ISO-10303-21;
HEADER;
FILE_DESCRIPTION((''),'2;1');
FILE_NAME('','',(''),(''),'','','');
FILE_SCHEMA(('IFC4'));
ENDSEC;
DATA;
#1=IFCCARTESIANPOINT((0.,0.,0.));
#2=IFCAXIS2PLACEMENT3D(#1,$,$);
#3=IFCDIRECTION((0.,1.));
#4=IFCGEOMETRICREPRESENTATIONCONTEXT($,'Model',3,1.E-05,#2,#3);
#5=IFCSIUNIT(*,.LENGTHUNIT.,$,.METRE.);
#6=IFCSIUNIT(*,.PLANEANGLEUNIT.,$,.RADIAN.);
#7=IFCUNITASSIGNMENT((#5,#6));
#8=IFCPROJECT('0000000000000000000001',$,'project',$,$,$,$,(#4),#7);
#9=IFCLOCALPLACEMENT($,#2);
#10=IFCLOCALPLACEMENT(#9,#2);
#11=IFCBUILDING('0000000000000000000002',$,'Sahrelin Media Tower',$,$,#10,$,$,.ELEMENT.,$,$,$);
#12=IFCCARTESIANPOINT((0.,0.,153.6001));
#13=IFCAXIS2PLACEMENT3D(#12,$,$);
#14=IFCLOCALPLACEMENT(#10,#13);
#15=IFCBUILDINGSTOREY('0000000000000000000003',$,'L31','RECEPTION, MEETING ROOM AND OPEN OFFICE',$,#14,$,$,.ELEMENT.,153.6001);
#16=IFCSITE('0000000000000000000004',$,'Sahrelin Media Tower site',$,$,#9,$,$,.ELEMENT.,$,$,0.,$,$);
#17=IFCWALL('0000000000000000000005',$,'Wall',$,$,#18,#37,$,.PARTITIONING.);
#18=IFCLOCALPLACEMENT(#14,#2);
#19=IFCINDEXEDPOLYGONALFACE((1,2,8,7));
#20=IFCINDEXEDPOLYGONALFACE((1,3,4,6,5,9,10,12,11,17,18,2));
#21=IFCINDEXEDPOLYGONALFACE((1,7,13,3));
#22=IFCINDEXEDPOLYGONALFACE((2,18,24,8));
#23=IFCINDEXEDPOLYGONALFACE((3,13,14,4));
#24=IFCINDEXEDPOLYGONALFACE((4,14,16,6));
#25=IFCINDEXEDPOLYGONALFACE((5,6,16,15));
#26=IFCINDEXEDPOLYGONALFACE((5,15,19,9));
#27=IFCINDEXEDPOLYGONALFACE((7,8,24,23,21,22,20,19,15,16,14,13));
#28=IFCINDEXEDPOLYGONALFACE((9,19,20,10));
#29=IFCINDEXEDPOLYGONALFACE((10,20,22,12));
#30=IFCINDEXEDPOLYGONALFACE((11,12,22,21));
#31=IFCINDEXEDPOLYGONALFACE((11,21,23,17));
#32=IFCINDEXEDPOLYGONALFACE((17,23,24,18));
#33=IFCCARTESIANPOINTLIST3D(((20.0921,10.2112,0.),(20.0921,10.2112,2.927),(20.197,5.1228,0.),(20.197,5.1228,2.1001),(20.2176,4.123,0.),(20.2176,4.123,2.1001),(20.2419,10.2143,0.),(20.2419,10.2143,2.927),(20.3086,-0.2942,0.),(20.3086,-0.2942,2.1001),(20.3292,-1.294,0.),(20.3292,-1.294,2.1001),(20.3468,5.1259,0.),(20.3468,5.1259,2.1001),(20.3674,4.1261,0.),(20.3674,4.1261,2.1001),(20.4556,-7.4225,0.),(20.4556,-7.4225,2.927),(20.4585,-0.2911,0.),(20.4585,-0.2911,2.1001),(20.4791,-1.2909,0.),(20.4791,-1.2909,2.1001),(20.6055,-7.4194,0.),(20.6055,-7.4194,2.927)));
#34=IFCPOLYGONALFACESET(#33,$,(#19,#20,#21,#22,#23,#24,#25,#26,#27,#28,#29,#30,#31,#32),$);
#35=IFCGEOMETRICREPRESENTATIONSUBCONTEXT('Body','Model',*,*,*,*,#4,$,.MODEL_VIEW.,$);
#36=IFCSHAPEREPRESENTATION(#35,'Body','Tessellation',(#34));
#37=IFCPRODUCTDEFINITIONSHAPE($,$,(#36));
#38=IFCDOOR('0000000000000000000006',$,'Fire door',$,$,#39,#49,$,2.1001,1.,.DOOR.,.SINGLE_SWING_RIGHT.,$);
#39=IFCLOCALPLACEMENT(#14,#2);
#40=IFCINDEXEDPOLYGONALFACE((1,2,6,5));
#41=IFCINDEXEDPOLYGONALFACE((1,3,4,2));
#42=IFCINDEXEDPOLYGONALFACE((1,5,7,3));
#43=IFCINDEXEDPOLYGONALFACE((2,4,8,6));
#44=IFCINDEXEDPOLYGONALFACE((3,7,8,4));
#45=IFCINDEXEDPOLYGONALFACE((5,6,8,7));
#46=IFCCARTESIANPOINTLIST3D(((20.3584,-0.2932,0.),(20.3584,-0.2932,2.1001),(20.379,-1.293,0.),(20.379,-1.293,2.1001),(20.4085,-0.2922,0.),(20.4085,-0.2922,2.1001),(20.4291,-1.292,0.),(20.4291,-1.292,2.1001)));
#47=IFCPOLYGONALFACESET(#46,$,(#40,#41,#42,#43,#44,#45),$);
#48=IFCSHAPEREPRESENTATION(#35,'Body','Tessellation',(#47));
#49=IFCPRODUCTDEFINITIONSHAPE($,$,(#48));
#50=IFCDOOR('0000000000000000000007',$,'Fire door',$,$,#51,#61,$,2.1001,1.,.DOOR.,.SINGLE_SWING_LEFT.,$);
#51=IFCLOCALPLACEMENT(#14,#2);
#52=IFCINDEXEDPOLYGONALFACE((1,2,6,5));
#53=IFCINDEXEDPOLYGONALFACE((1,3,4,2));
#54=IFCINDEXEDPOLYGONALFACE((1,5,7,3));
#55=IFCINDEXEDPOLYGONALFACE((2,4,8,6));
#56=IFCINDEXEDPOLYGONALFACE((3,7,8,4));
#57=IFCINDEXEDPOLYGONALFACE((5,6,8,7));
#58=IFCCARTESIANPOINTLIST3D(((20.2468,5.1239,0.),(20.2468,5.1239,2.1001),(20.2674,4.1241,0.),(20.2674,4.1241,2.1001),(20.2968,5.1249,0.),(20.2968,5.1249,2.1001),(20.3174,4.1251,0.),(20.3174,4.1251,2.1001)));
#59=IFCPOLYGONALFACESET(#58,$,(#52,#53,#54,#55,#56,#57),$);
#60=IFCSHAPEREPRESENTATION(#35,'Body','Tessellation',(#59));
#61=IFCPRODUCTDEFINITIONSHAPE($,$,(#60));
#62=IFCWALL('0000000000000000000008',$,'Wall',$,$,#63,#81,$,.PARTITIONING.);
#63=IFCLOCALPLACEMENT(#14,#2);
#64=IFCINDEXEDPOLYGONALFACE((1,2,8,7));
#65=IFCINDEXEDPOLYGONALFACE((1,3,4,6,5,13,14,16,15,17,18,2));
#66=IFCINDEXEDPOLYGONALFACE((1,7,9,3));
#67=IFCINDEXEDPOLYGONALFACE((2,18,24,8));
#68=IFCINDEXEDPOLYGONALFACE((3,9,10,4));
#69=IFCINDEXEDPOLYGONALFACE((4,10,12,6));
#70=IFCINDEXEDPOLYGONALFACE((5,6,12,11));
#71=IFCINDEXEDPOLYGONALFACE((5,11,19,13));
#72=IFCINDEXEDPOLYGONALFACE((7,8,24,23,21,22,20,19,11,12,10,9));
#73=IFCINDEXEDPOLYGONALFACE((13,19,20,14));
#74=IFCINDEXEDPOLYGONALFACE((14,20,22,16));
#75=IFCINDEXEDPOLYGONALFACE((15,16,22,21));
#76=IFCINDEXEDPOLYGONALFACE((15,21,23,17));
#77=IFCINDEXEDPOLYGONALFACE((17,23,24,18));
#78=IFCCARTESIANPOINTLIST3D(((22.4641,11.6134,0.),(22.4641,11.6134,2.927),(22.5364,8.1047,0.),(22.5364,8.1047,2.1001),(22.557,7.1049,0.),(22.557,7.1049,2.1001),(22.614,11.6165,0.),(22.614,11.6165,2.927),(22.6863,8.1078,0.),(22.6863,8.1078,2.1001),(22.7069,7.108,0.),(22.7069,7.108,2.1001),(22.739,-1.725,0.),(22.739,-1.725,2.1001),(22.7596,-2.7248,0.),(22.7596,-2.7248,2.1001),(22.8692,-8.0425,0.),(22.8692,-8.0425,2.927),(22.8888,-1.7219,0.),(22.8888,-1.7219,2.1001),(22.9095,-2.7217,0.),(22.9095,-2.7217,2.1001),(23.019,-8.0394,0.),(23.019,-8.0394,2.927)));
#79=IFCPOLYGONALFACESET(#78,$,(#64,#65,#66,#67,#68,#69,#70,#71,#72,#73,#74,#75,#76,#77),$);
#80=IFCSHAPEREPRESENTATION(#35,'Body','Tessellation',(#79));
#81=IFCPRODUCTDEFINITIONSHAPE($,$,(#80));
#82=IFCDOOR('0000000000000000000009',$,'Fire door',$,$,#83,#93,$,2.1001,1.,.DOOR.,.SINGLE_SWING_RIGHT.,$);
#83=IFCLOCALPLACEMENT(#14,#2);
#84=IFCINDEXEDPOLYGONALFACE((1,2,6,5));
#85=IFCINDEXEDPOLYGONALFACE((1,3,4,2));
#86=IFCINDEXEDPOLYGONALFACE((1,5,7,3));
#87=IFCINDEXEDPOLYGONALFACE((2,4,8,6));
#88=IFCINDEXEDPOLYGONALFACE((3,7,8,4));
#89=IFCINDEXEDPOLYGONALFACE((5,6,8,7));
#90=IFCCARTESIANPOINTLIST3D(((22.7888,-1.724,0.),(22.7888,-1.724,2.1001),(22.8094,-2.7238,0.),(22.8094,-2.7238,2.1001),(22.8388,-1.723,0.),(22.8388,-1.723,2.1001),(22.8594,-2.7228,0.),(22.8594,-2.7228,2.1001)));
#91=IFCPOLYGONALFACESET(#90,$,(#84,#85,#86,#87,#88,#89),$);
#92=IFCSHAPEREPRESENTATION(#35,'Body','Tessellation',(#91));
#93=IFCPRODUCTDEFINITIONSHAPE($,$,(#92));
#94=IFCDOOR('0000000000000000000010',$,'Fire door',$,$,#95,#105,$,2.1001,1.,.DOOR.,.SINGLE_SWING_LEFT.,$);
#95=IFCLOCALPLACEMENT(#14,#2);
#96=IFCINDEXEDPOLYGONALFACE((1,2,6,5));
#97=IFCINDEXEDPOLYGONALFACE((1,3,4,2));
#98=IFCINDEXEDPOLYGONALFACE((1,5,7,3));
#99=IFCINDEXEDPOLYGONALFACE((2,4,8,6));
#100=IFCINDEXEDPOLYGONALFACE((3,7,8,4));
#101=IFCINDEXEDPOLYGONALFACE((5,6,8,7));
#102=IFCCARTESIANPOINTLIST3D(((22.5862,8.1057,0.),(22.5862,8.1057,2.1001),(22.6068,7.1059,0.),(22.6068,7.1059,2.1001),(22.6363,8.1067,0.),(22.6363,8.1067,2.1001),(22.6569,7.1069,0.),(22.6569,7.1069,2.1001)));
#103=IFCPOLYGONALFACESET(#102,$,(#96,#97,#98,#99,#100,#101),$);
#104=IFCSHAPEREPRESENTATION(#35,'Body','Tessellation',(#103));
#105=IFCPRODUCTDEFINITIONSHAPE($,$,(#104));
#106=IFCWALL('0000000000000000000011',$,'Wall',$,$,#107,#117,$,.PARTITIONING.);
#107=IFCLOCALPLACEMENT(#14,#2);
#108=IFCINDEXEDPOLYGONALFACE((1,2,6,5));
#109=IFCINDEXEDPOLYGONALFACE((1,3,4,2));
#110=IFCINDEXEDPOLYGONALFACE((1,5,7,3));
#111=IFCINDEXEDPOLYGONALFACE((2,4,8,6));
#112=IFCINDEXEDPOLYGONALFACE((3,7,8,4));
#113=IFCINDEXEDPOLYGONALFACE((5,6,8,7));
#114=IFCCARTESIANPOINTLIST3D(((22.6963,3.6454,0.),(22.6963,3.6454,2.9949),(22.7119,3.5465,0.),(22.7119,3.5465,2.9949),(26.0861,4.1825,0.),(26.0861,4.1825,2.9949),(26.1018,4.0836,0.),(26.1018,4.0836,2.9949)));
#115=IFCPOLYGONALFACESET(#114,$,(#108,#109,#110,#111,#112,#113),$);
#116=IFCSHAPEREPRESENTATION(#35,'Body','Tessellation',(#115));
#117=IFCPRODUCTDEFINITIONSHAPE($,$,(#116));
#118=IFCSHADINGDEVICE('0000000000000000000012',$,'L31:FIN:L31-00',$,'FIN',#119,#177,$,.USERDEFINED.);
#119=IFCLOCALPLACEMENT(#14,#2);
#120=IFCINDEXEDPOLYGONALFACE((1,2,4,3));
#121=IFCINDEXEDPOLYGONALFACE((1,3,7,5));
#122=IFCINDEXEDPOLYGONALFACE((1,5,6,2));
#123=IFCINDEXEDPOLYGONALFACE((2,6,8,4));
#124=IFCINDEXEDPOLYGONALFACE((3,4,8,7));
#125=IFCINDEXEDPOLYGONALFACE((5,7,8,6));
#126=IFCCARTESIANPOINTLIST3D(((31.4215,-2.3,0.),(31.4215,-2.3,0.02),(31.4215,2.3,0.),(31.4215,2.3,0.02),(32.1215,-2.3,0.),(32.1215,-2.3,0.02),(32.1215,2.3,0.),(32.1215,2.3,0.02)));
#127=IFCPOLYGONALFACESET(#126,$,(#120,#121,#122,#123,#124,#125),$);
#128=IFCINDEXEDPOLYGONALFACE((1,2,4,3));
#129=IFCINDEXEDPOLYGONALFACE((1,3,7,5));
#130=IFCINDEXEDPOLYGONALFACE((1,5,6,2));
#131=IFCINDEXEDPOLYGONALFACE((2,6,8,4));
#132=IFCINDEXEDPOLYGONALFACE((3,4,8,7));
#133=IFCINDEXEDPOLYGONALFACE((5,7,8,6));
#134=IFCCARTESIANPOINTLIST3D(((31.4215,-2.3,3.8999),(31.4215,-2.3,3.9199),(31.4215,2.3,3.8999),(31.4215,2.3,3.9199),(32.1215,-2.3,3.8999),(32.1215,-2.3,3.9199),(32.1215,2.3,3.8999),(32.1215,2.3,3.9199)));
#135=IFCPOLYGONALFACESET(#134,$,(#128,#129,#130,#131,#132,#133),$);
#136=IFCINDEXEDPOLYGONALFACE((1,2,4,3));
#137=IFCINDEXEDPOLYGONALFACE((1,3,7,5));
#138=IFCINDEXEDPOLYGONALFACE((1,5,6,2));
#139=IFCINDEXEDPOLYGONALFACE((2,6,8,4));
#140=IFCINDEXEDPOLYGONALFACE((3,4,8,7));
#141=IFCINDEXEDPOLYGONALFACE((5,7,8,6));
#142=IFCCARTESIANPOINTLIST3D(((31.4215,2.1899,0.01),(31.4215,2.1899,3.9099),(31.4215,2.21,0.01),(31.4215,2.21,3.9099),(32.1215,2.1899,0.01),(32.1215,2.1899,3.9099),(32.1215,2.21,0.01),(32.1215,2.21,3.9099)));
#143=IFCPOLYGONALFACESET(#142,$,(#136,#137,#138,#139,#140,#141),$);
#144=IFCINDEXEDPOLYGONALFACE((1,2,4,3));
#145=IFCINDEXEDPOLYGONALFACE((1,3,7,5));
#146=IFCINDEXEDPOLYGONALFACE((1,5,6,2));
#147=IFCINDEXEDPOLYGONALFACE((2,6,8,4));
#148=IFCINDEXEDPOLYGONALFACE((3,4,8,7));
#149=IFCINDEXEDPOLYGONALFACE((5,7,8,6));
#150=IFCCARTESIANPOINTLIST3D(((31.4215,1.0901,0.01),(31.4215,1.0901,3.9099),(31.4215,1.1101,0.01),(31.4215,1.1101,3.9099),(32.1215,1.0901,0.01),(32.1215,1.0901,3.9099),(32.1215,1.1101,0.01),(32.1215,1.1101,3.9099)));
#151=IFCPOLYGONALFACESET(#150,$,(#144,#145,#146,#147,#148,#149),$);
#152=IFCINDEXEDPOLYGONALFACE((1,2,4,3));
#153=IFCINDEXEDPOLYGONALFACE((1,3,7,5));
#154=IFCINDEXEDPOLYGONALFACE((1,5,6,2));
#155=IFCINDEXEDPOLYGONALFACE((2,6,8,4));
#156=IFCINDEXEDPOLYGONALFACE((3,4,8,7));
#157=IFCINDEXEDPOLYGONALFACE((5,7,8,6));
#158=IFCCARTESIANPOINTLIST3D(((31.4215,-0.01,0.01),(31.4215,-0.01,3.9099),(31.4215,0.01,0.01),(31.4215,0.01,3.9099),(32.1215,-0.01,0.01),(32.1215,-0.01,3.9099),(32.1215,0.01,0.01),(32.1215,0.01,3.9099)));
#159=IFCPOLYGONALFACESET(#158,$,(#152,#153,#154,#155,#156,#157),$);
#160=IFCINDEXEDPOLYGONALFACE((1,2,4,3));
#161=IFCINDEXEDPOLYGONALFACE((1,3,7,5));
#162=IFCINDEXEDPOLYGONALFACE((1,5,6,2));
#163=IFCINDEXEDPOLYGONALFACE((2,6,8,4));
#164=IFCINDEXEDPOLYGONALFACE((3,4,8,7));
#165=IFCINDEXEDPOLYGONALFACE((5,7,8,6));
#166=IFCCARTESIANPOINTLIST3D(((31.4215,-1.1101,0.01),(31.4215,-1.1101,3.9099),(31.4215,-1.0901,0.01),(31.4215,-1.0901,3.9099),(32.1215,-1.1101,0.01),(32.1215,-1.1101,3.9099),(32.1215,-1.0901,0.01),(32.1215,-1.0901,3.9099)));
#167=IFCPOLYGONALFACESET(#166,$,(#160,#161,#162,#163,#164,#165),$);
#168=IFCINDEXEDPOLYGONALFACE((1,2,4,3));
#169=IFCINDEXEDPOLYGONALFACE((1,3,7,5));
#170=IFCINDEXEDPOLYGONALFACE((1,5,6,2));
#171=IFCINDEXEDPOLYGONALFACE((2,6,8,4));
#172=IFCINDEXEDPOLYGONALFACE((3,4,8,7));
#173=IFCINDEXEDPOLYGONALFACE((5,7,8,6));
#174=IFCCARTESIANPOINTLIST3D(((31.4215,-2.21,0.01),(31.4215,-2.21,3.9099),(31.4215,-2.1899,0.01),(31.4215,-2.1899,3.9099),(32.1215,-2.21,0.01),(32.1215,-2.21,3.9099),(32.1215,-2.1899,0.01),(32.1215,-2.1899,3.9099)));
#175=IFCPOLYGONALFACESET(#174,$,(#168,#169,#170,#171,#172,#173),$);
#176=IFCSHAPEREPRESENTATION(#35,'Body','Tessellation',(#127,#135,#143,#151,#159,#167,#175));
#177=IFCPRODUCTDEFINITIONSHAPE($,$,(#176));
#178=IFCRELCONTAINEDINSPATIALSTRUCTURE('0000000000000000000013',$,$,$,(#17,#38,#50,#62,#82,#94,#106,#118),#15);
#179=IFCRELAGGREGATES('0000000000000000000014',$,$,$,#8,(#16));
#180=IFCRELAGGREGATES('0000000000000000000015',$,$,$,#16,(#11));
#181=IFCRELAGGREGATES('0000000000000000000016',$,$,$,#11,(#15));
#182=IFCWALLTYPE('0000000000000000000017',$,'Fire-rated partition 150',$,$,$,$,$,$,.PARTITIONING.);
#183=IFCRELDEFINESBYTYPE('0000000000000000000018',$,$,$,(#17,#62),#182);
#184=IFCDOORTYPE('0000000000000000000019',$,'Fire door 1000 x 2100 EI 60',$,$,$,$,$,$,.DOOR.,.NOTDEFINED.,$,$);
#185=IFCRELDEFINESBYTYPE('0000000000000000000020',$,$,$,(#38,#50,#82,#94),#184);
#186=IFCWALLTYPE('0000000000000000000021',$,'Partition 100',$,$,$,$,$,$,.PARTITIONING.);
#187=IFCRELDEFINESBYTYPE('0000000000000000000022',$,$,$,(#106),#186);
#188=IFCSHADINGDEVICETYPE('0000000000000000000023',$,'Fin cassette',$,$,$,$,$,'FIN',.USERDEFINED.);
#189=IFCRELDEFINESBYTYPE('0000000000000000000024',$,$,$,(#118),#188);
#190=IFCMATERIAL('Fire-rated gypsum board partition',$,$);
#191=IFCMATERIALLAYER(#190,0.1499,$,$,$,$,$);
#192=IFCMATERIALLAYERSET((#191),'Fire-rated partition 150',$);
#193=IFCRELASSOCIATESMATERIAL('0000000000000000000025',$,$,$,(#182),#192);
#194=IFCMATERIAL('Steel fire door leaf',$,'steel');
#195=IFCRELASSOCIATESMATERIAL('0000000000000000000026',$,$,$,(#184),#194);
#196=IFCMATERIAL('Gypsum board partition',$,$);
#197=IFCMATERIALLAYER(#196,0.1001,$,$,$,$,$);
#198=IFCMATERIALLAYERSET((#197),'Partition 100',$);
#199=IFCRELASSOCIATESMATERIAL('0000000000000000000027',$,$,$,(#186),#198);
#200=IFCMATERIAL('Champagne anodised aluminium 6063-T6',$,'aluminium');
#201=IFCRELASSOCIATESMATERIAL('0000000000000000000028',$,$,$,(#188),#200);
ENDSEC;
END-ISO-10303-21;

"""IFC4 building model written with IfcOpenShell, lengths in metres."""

from ifc_helpers import new_model, si_unit, direction, frame, frame_2d, origin, origin_2d, place, context, subcontext, project, spatial, rectangle, extrude, material, layer, layer_set, type_object, element, fill, save


model = new_model("IFC4")

# Units and contexts
model_context = context("Model", 3, precision=1e-05, world=origin(), true_north=direction((0.0, 1.0)))
body_context = subcontext(model_context, "Body", "Model", "MODEL_VIEW")
ifc_project = project(units=[si_unit("LENGTHUNIT", "METRE"), si_unit("PLANEANGLEUNIT", "RADIAN")], contexts=[model_context])

# Site, building, storey
site_placement = place(None, origin())
site = spatial("IfcSite", under=ifc_project, at=site_placement, Name="Sahrelin Media Tower site", CompositionType="ELEMENT", RefElevation=0.0)
building_placement = place(site_placement, origin())
building = spatial("IfcBuilding", under=site, at=building_placement, Name="Sahrelin Media Tower", CompositionType="ELEMENT")
storey_placement = place(building_placement, frame((0.0, 0.0, 153.6001)))
storey = spatial("IfcBuildingStorey", under=building, at=storey_placement, Name="L31", Description="RECEPTION, MEETING ROOM AND OPEN OFFICE", CompositionType="ELEMENT", Elevation=153.6001)

# Shared definitions
ifc_material_1 = material(Name="Champagne anodised aluminium 6063-T6", Category="aluminium")

# Walls, openings, doors
ifc_material_2 = material(Name="Fire-rated gypsum board partition")
ifc_layer_1 = layer(ifc_material_2, 0.1499)
ifc_layer_set_1 = layer_set([ifc_layer_1], Name="Fire-rated partition 150")
wall_type_1 = type_object("IfcWallType", Name="Fire-rated partition 150", PredefinedType="PARTITIONING", material=ifc_layer_set_1)
wall_1_placement = place(storey_placement, frame((20.167, 10.2129, 0.0), z_axis=(0.0, 0.0, 1.0), x_axis=(0.020611, -0.999788, 0.0)))
wall_1 = element("IfcWall", 1, at=wall_1_placement, inside=storey, type_object=wall_type_1, Name="Wall", PredefinedType="PARTITIONING", context=body_context, shape_type="SweptSolid", body=[
    extrude(rectangle(XDim=17.6375, YDim=0.1499, at=frame_2d((8.8188, 0.0))), origin(), (0.0, 0.0, 1.0), 2.927),
])
opening_1_placement = place(wall_1_placement, frame((10.5078, 0.0, 0.0)))
opening_1 = element("IfcOpeningElement", 2, at=opening_1_placement, cuts=wall_1, PredefinedType="OPENING", context=body_context, shape_type="SweptSolid", body=[
    extrude(rectangle(XDim=1.0, YDim=2.1001, at=frame_2d((0.5, 1.05))), frame((0.0, 0.075, 0.0), z_axis=(0.0, -1.0, 0.0), x_axis=(1.0, 0.0, 0.0)), (0.0, 0.0, 1.0), 0.1499),
])
opening_2_placement = place(wall_1_placement, frame((5.0896, 0.0, 0.0)))
opening_2 = element("IfcOpeningElement", 3, at=opening_2_placement, cuts=wall_1, PredefinedType="OPENING", context=body_context, shape_type="SweptSolid", body=[
    extrude(rectangle(XDim=1.0, YDim=2.1001, at=frame_2d((0.5, 1.05))), frame((0.0, 0.075, 0.0), z_axis=(0.0, -1.0, 0.0), x_axis=(1.0, 0.0, 0.0)), (0.0, 0.0, 1.0), 0.1499),
])
ifc_material_3 = material(Name="Steel fire door leaf", Category="steel")
door_type = type_object("IfcDoorType", Name="Fire door 1000 x 2100 EI 60", OperationType="NOTDEFINED", PredefinedType="DOOR", material=ifc_material_3)
door_1_placement = place(opening_1_placement, origin())
door_1 = element("IfcDoor", 4, at=door_1_placement, inside=storey, type_object=door_type, Name="Fire door", OperationType="SINGLE_SWING_RIGHT", OverallHeight=2.1001, OverallWidth=1.0, PredefinedType="DOOR", context=body_context, shape_type="SweptSolid", body=[
    extrude(rectangle(XDim=1.0, YDim=2.1001, at=frame_2d((0.5, 1.05))), frame((0.0, 0.0249, 0.0), z_axis=(0.0, -1.0, 0.0), x_axis=(1.0, 0.0, 0.0)), (0.0, 0.0, 1.0), 0.05),
])
fill(opening_1, door_1)
door_2_placement = place(opening_2_placement, origin())
door_2 = element("IfcDoor", 5, at=door_2_placement, inside=storey, type_object=door_type, Name="Fire door", OperationType="SINGLE_SWING_LEFT", OverallHeight=2.1001, OverallWidth=1.0, PredefinedType="DOOR", context=body_context, shape_type="SweptSolid", body=[
    extrude(rectangle(XDim=1.0, YDim=2.1001, at=frame_2d((0.5, 1.05))), frame((0.0, 0.0249, 0.0), z_axis=(0.0, -1.0, 0.0), x_axis=(1.0, 0.0, 0.0)), (0.0, 0.0, 1.0), 0.05),
])
fill(opening_2, door_2)
wall_2_placement = place(storey_placement, frame((22.5391, 11.615, 0.0), z_axis=(0.0, 0.0, 1.0), x_axis=(0.020602, -0.999788, 0.0)))
wall_2 = element("IfcWall", 6, at=wall_2_placement, inside=storey, type_object=wall_type_1, Name="Wall", PredefinedType="PARTITIONING", context=body_context, shape_type="SweptSolid", body=[
    extrude(rectangle(XDim=19.6602, YDim=0.1499, at=frame_2d((9.8301, 0.0))), origin(), (0.0, 0.0, 1.0), 2.927),
])
opening_3_placement = place(wall_2_placement, frame((13.3413, 0.0, 0.0)))
opening_3 = element("IfcOpeningElement", 7, at=opening_3_placement, cuts=wall_2, PredefinedType="OPENING", context=body_context, shape_type="SweptSolid", body=[
    extrude(rectangle(XDim=1.0, YDim=2.1001, at=frame_2d((0.5, 1.05))), frame((0.0, 0.075, 0.0), z_axis=(0.0, -1.0, 0.0), x_axis=(1.0, 0.0, 0.0)), (0.0, 0.0, 1.0), 0.1499),
])
opening_4_placement = place(wall_2_placement, frame((3.5095, 0.0, 0.0)))
opening_4 = element("IfcOpeningElement", 8, at=opening_4_placement, cuts=wall_2, PredefinedType="OPENING", context=body_context, shape_type="SweptSolid", body=[
    extrude(rectangle(XDim=1.0, YDim=2.1001, at=frame_2d((0.5, 1.05))), frame((0.0, 0.075, 0.0), z_axis=(0.0, -1.0, 0.0), x_axis=(1.0, 0.0, 0.0)), (0.0, 0.0, 1.0), 0.1499),
])
door_3_placement = place(opening_3_placement, origin())
door_3 = element("IfcDoor", 9, at=door_3_placement, inside=storey, type_object=door_type, Name="Fire door", OperationType="SINGLE_SWING_RIGHT", OverallHeight=2.1001, OverallWidth=1.0, PredefinedType="DOOR", context=body_context, shape_type="SweptSolid", body=[
    extrude(rectangle(XDim=1.0, YDim=2.1001, at=frame_2d((0.5, 1.05))), frame((0.0, 0.0249, 0.0), z_axis=(0.0, -1.0, 0.0), x_axis=(1.0, 0.0, 0.0)), (0.0, 0.0, 1.0), 0.05),
])
fill(opening_3, door_3)
door_4_placement = place(opening_4_placement, origin())
door_4 = element("IfcDoor", 10, at=door_4_placement, inside=storey, type_object=door_type, Name="Fire door", OperationType="SINGLE_SWING_LEFT", OverallHeight=2.1001, OverallWidth=1.0, PredefinedType="DOOR", context=body_context, shape_type="SweptSolid", body=[
    extrude(rectangle(XDim=1.0, YDim=2.1001, at=frame_2d((0.5, 1.05))), frame((0.0, 0.0249, 0.0), z_axis=(0.0, -1.0, 0.0), x_axis=(1.0, 0.0, 0.0)), (0.0, 0.0, 1.0), 0.05),
])
fill(opening_4, door_4)

# Wall
ifc_material_4 = material(Name="Gypsum board partition")
ifc_layer_2 = layer(ifc_material_4, 0.1001)
ifc_layer_set_2 = layer_set([ifc_layer_2], Name="Partition 100")
wall_type_2 = type_object("IfcWallType", Name="Partition 100", PredefinedType="PARTITIONING", material=ifc_layer_set_2)
wall_3_placement = place(storey_placement, frame((22.7041, 3.5959, 0.0), z_axis=(0.0, 0.0, 1.0), x_axis=(0.987679, 0.156492, 0.0)))
element("IfcWall", 11, at=wall_3_placement, inside=storey, type_object=wall_type_2, Name="Wall", PredefinedType="PARTITIONING", context=body_context, shape_type="SweptSolid", body=[
    extrude(rectangle(XDim=3.4321, YDim=0.1001, at=frame_2d((1.7161, 0.0))), origin(), (0.0, 0.0, 1.0), 2.9949),
])

# Shading device
shading_device_type_1 = type_object("IfcShadingDeviceType", Name="Fin cassette", ElementType="FIN", PredefinedType="USERDEFINED", material=ifc_material_1)
placement_1 = place(storey_placement, frame((31.3516, 0.0, 0.0), z_axis=(0.0, 0.0, 1.0), x_axis=(0.0, -1.0, 0.0)))
element("IfcShadingDevice", 12, at=placement_1, inside=storey, type_object=shading_device_type_1, Name="L31:FIN:L31-00", ObjectType="FIN", PredefinedType="USERDEFINED", context=body_context, shape_type="SweptSolid", body=[
    extrude(rectangle(XDim=4.6001, YDim=0.7, at=origin_2d()), frame((0.0, 0.4199, 0.0)), (0.0, 0.0, 1.0), 0.02),
    extrude(rectangle(XDim=4.6001, YDim=0.7, at=origin_2d()), frame((0.0, 0.4199, 3.8999)), (0.0, 0.0, 1.0), 0.02),
    extrude(rectangle(XDim=0.02, YDim=0.7, at=origin_2d()), frame((-2.2, 0.4199, 0.01), z_axis=(0.0, 0.0, 1.0), x_axis=(1.0, 0.0, 0.0)), (0.0, 0.0, 1.0), 3.8999),
    extrude(rectangle(XDim=0.02, YDim=0.7, at=origin_2d()), frame((-1.1001, 0.4199, 0.01), z_axis=(0.0, 0.0, 1.0), x_axis=(1.0, 0.0, 0.0)), (0.0, 0.0, 1.0), 3.8999),
    extrude(rectangle(XDim=0.02, YDim=0.7, at=origin_2d()), frame((0.0, 0.4199, 0.01), z_axis=(0.0, 0.0, 1.0), x_axis=(1.0, 0.0, 0.0)), (0.0, 0.0, 1.0), 3.8999),
    extrude(rectangle(XDim=0.02, YDim=0.7, at=origin_2d()), frame((1.1001, 0.4199, 0.01), z_axis=(0.0, 0.0, 1.0), x_axis=(1.0, 0.0, 0.0)), (0.0, 0.0, 1.0), 3.8999),
    extrude(rectangle(XDim=0.02, YDim=0.7, at=origin_2d()), frame((2.2, 0.4199, 0.01), z_axis=(0.0, 0.0, 1.0), x_axis=(1.0, 0.0, 0.0)), (0.0, 0.0, 1.0), 3.8999),
])

save(model, "model.ifc")
